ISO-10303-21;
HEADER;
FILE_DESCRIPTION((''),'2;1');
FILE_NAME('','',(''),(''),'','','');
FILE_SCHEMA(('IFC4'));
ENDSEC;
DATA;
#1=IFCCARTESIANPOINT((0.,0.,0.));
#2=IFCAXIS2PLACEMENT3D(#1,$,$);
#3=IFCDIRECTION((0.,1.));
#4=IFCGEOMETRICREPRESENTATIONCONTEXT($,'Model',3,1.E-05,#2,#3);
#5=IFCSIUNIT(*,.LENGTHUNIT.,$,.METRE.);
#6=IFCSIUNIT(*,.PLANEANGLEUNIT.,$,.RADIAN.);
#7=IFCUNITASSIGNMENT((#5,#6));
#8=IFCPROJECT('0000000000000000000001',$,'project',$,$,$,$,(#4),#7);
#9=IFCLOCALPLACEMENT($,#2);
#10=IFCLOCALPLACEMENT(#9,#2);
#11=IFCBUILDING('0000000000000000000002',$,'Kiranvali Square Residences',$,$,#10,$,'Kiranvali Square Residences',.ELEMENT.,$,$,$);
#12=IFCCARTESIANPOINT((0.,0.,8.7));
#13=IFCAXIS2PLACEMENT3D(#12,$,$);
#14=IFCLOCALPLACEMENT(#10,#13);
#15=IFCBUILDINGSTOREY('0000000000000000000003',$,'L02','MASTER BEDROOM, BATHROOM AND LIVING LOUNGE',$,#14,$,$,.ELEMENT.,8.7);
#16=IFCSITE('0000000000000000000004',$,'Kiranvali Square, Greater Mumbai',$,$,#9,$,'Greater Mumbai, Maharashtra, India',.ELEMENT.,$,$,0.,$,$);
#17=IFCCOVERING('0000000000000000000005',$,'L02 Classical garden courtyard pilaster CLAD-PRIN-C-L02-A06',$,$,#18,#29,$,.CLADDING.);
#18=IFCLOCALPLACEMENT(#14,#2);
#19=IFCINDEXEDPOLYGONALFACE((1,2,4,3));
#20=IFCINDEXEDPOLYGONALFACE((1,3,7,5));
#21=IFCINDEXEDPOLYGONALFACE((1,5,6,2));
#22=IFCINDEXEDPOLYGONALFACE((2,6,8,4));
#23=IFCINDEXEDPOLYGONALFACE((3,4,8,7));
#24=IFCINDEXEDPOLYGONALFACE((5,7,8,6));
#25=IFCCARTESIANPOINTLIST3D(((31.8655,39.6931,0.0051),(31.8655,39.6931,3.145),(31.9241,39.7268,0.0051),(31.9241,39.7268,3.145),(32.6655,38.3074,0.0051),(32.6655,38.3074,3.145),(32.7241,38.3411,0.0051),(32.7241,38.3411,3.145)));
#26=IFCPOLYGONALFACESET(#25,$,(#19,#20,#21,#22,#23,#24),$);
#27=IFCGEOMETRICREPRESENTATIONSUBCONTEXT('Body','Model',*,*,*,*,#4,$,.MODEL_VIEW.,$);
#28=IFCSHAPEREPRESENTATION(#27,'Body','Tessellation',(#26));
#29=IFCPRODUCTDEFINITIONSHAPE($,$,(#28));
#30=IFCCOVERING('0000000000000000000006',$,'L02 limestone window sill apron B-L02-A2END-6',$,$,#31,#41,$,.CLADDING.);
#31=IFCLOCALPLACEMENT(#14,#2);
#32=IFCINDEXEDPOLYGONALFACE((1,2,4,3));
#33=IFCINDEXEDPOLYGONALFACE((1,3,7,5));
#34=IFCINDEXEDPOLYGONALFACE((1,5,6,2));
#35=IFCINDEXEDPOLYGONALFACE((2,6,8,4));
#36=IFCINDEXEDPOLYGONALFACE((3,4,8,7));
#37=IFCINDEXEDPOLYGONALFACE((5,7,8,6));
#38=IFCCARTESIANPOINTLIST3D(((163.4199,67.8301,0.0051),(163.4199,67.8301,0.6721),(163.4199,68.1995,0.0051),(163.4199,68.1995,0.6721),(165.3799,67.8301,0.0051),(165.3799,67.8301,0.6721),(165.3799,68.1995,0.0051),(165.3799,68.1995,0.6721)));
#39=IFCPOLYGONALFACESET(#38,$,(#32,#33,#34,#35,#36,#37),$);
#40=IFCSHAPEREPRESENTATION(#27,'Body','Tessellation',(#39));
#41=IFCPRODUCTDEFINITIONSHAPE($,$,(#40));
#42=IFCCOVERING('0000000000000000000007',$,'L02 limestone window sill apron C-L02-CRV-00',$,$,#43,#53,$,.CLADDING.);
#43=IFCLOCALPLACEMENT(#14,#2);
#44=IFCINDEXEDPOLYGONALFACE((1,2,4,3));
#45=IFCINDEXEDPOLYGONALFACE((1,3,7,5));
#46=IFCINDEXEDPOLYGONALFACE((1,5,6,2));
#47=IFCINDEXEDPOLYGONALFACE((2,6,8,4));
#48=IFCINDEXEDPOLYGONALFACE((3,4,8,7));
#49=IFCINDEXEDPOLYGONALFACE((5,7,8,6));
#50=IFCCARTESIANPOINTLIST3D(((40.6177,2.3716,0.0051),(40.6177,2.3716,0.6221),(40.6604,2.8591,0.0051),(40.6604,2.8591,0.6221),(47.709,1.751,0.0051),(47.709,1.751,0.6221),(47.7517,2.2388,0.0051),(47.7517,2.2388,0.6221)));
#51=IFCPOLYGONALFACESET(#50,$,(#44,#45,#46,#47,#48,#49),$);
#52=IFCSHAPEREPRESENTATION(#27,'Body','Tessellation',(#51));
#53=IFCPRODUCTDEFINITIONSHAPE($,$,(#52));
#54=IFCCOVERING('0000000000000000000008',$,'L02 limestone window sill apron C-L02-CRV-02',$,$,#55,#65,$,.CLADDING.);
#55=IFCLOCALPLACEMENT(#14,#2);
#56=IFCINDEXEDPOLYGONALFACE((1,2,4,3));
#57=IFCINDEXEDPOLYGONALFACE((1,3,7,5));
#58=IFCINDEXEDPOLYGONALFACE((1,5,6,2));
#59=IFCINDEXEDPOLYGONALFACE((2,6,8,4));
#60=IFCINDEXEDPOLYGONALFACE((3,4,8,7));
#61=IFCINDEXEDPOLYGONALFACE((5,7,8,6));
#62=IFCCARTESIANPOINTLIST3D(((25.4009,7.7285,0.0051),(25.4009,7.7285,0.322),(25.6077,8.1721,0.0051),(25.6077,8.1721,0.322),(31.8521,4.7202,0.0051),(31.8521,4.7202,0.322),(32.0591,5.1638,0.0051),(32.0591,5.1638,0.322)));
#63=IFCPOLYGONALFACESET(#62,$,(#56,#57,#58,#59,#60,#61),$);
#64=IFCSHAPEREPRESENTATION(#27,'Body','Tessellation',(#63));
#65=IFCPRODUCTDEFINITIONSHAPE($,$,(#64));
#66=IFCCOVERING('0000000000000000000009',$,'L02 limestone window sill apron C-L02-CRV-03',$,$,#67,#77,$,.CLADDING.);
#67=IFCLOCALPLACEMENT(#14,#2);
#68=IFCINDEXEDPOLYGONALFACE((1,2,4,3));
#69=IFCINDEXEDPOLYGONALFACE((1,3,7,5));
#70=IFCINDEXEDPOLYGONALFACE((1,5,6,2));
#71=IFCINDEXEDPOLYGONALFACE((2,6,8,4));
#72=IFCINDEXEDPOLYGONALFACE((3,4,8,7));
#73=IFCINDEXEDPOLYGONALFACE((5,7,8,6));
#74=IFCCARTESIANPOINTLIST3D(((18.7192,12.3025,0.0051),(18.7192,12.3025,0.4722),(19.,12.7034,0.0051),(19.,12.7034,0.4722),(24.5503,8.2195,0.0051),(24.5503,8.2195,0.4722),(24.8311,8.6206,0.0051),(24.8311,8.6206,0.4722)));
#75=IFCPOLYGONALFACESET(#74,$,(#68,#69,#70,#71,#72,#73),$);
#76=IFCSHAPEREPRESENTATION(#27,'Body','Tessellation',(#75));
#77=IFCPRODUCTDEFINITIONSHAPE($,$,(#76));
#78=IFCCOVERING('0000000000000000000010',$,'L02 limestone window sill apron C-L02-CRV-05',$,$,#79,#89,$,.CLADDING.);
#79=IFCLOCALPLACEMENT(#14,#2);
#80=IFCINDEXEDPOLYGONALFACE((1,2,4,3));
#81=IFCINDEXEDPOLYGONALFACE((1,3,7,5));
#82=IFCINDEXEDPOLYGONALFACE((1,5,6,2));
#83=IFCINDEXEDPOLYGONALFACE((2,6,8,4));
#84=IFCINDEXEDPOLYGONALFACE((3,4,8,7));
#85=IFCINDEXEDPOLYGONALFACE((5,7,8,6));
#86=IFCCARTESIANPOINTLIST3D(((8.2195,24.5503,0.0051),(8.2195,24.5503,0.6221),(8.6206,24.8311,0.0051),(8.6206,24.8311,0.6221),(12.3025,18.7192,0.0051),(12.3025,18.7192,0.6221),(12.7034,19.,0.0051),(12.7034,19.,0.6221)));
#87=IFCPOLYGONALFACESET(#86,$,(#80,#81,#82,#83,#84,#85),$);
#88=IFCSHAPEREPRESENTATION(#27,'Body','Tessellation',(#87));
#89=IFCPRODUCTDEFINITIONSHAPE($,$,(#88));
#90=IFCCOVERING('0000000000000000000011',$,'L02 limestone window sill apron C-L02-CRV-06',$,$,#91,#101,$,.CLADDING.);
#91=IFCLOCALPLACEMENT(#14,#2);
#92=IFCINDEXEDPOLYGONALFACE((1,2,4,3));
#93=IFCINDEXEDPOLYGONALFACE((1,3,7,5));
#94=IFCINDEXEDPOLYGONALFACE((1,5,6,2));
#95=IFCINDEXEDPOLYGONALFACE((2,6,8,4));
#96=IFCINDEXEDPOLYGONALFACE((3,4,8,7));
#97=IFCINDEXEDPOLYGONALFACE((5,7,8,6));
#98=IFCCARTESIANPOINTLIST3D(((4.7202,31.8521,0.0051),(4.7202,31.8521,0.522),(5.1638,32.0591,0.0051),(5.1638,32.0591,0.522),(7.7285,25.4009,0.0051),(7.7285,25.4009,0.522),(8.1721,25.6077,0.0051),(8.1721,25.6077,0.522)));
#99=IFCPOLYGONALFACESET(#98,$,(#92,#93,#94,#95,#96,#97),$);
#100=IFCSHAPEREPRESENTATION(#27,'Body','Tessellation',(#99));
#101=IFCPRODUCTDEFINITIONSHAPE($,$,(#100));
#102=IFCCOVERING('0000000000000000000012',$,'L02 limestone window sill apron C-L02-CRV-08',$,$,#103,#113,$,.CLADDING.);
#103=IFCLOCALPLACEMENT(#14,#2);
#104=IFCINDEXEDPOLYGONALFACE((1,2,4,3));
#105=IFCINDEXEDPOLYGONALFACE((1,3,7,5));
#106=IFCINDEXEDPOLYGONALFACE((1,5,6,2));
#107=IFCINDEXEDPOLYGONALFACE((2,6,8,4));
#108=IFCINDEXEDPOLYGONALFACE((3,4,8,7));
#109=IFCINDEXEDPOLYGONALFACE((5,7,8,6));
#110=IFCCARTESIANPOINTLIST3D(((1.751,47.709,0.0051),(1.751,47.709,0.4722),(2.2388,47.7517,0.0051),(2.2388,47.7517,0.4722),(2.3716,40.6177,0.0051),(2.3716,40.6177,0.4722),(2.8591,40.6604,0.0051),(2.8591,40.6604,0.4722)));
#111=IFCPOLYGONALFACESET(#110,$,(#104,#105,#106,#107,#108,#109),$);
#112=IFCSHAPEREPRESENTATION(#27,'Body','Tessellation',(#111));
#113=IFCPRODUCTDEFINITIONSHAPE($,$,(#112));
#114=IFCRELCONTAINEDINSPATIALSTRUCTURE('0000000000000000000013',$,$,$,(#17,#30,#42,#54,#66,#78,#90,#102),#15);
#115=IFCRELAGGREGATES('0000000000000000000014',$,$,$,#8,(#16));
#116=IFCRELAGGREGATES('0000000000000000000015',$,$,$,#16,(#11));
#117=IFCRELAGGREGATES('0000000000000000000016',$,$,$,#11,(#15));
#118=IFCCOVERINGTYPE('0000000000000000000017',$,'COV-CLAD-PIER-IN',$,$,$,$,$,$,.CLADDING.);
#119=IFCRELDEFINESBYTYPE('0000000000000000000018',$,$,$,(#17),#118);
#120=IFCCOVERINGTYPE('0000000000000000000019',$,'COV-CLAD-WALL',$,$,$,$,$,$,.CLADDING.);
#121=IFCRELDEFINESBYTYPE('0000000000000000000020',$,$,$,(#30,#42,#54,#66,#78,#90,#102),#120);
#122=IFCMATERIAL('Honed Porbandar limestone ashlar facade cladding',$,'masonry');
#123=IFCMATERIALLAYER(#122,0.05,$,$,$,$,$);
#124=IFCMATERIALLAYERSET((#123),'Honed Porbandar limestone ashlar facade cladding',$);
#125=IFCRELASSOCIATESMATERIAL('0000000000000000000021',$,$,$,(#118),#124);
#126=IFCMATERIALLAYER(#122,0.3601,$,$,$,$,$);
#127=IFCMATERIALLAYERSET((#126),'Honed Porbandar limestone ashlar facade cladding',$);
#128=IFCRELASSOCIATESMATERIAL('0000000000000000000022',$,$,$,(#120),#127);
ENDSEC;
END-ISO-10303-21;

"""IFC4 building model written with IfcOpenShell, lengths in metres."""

from ifc_helpers import new_model, si_unit, direction, frame, origin, place, context, subcontext, project, spatial, polyline, outline, extrude, material, layer, layer_set, type_object, element, save


model = new_model("IFC4")

# Units and contexts
model_context = context("Model", 3, precision=1e-05, world=origin(), true_north=direction((0.0, 1.0)))
body_context = subcontext(model_context, "Body", "Model", "MODEL_VIEW")
ifc_project = project(units=[si_unit("LENGTHUNIT", "METRE"), si_unit("PLANEANGLEUNIT", "RADIAN")], contexts=[model_context])

# Site, building, storey
site_placement = place(None, origin())
site = spatial("IfcSite", under=ifc_project, at=site_placement, Name="Kiranvali Square, Greater Mumbai", LongName="Greater Mumbai, Maharashtra, India", CompositionType="ELEMENT", RefElevation=0.0)
building_placement = place(site_placement, origin())
building = spatial("IfcBuilding", under=site, at=building_placement, Name="Kiranvali Square Residences", LongName="Kiranvali Square Residences", CompositionType="ELEMENT")
storey_placement = place(building_placement, frame((0.0, 0.0, 8.7)))
storey = spatial("IfcBuildingStorey", under=building, at=storey_placement, Name="L02", Description="MASTER BEDROOM, BATHROOM AND LIVING LOUNGE", CompositionType="ELEMENT", Elevation=8.7)

# Coverings
ifc_material = material(Name="Honed Porbandar limestone ashlar facade cladding", Category="masonry")
ifc_layer_1 = layer(ifc_material, 0.05)
ifc_layer_set_1 = layer_set([ifc_layer_1], Name="Honed Porbandar limestone ashlar facade cladding")
covering_type_1 = type_object("IfcCoveringType", Name="COV-CLAD-PIER-IN", PredefinedType="CLADDING", material=ifc_layer_set_1)
covering_1_placement = place(storey_placement, frame((0.0, 0.0, 0.0051)))
element("IfcCovering", 1, at=covering_1_placement, inside=storey, type_object=covering_type_1, Name="L02 Classical garden courtyard pilaster CLAD-PRIN-C-L02-A06", PredefinedType="CLADDING", context=body_context, shape_type="SweptSolid", body=[
    extrude(outline(polyline([(32.7241, 38.3411), (31.9241, 39.7268), (31.8655, 39.6931), (32.6655, 38.3074), (32.7241, 38.3411)])), origin(), (0.0, 0.0, 1.0), 3.1399),
])
ifc_layer_2 = layer(ifc_material, 0.3601)
ifc_layer_set_2 = layer_set([ifc_layer_2], Name="Honed Porbandar limestone ashlar facade cladding")
covering_type_2 = type_object("IfcCoveringType", Name="COV-CLAD-WALL", PredefinedType="CLADDING", material=ifc_layer_set_2)
covering_2_placement = place(storey_placement, frame((0.0, 0.0, 0.0051)))
element("IfcCovering", 2, at=covering_2_placement, inside=storey, type_object=covering_type_2, Name="L02 limestone window sill apron B-L02-A2END-6", PredefinedType="CLADDING", context=body_context, shape_type="SweptSolid", body=[
    extrude(outline(polyline([(163.4199, 67.8301), (165.3799, 67.8301), (165.3799, 68.1995), (163.4199, 68.1995), (163.4199, 67.8301)])), origin(), (0.0, 0.0, 1.0), 0.667),
])
covering_3_placement = place(storey_placement, frame((0.0, 0.0, 0.0051)))
element("IfcCovering", 3, at=covering_3_placement, inside=storey, type_object=covering_type_2, Name="L02 limestone window sill apron C-L02-CRV-00", PredefinedType="CLADDING", context=body_context, shape_type="SweptSolid", body=[
    extrude(outline(polyline([(47.7517, 2.2388), (40.6604, 2.8591), (40.6177, 2.3716), (47.709, 1.751), (47.7517, 2.2388)])), origin(), (0.0, 0.0, 1.0), 0.6169),
])
covering_4_placement = place(storey_placement, frame((0.0, 0.0, 0.0051)))
element("IfcCovering", 4, at=covering_4_placement, inside=storey, type_object=covering_type_2, Name="L02 limestone window sill apron C-L02-CRV-02", PredefinedType="CLADDING", context=body_context, shape_type="SweptSolid", body=[
    extrude(outline(polyline([(32.0591, 5.1638), (25.6077, 8.1721), (25.4009, 7.7285), (31.8521, 4.7202), (32.0591, 5.1638)])), origin(), (0.0, 0.0, 1.0), 0.3169),
])
covering_5_placement = place(storey_placement, frame((0.0, 0.0, 0.0051)))
element("IfcCovering", 5, at=covering_5_placement, inside=storey, type_object=covering_type_2, Name="L02 limestone window sill apron C-L02-CRV-03", PredefinedType="CLADDING", context=body_context, shape_type="SweptSolid", body=[
    extrude(outline(polyline([(24.8311, 8.6206), (19.0, 12.7034), (18.7192, 12.3025), (24.5503, 8.2195), (24.8311, 8.6206)])), origin(), (0.0, 0.0, 1.0), 0.467),
])
covering_6_placement = place(storey_placement, frame((0.0, 0.0, 0.0051)))
element("IfcCovering", 6, at=covering_6_placement, inside=storey, type_object=covering_type_2, Name="L02 limestone window sill apron C-L02-CRV-05", PredefinedType="CLADDING", context=body_context, shape_type="SweptSolid", body=[
    extrude(outline(polyline([(12.7034, 19.0), (8.6206, 24.8311), (8.2195, 24.5503), (12.3025, 18.7192), (12.7034, 19.0)])), origin(), (0.0, 0.0, 1.0), 0.6169),
])
covering_7_placement = place(storey_placement, frame((0.0, 0.0, 0.0051)))
element("IfcCovering", 7, at=covering_7_placement, inside=storey, type_object=covering_type_2, Name="L02 limestone window sill apron C-L02-CRV-06", PredefinedType="CLADDING", context=body_context, shape_type="SweptSolid", body=[
    extrude(outline(polyline([(8.1721, 25.6077), (5.1638, 32.0591), (4.7202, 31.8521), (7.7285, 25.4009), (8.1721, 25.6077)])), origin(), (0.0, 0.0, 1.0), 0.5168),
])
covering_8_placement = place(storey_placement, frame((0.0, 0.0, 0.0051)))
element("IfcCovering", 8, at=covering_8_placement, inside=storey, type_object=covering_type_2, Name="L02 limestone window sill apron C-L02-CRV-08", PredefinedType="CLADDING", context=body_context, shape_type="SweptSolid", body=[
    extrude(outline(polyline([(2.8591, 40.6604), (2.2388, 47.7517), (1.751, 47.709), (2.3716, 40.6177), (2.8591, 40.6604)])), origin(), (0.0, 0.0, 1.0), 0.467),
])

save(model, "model.ifc")
